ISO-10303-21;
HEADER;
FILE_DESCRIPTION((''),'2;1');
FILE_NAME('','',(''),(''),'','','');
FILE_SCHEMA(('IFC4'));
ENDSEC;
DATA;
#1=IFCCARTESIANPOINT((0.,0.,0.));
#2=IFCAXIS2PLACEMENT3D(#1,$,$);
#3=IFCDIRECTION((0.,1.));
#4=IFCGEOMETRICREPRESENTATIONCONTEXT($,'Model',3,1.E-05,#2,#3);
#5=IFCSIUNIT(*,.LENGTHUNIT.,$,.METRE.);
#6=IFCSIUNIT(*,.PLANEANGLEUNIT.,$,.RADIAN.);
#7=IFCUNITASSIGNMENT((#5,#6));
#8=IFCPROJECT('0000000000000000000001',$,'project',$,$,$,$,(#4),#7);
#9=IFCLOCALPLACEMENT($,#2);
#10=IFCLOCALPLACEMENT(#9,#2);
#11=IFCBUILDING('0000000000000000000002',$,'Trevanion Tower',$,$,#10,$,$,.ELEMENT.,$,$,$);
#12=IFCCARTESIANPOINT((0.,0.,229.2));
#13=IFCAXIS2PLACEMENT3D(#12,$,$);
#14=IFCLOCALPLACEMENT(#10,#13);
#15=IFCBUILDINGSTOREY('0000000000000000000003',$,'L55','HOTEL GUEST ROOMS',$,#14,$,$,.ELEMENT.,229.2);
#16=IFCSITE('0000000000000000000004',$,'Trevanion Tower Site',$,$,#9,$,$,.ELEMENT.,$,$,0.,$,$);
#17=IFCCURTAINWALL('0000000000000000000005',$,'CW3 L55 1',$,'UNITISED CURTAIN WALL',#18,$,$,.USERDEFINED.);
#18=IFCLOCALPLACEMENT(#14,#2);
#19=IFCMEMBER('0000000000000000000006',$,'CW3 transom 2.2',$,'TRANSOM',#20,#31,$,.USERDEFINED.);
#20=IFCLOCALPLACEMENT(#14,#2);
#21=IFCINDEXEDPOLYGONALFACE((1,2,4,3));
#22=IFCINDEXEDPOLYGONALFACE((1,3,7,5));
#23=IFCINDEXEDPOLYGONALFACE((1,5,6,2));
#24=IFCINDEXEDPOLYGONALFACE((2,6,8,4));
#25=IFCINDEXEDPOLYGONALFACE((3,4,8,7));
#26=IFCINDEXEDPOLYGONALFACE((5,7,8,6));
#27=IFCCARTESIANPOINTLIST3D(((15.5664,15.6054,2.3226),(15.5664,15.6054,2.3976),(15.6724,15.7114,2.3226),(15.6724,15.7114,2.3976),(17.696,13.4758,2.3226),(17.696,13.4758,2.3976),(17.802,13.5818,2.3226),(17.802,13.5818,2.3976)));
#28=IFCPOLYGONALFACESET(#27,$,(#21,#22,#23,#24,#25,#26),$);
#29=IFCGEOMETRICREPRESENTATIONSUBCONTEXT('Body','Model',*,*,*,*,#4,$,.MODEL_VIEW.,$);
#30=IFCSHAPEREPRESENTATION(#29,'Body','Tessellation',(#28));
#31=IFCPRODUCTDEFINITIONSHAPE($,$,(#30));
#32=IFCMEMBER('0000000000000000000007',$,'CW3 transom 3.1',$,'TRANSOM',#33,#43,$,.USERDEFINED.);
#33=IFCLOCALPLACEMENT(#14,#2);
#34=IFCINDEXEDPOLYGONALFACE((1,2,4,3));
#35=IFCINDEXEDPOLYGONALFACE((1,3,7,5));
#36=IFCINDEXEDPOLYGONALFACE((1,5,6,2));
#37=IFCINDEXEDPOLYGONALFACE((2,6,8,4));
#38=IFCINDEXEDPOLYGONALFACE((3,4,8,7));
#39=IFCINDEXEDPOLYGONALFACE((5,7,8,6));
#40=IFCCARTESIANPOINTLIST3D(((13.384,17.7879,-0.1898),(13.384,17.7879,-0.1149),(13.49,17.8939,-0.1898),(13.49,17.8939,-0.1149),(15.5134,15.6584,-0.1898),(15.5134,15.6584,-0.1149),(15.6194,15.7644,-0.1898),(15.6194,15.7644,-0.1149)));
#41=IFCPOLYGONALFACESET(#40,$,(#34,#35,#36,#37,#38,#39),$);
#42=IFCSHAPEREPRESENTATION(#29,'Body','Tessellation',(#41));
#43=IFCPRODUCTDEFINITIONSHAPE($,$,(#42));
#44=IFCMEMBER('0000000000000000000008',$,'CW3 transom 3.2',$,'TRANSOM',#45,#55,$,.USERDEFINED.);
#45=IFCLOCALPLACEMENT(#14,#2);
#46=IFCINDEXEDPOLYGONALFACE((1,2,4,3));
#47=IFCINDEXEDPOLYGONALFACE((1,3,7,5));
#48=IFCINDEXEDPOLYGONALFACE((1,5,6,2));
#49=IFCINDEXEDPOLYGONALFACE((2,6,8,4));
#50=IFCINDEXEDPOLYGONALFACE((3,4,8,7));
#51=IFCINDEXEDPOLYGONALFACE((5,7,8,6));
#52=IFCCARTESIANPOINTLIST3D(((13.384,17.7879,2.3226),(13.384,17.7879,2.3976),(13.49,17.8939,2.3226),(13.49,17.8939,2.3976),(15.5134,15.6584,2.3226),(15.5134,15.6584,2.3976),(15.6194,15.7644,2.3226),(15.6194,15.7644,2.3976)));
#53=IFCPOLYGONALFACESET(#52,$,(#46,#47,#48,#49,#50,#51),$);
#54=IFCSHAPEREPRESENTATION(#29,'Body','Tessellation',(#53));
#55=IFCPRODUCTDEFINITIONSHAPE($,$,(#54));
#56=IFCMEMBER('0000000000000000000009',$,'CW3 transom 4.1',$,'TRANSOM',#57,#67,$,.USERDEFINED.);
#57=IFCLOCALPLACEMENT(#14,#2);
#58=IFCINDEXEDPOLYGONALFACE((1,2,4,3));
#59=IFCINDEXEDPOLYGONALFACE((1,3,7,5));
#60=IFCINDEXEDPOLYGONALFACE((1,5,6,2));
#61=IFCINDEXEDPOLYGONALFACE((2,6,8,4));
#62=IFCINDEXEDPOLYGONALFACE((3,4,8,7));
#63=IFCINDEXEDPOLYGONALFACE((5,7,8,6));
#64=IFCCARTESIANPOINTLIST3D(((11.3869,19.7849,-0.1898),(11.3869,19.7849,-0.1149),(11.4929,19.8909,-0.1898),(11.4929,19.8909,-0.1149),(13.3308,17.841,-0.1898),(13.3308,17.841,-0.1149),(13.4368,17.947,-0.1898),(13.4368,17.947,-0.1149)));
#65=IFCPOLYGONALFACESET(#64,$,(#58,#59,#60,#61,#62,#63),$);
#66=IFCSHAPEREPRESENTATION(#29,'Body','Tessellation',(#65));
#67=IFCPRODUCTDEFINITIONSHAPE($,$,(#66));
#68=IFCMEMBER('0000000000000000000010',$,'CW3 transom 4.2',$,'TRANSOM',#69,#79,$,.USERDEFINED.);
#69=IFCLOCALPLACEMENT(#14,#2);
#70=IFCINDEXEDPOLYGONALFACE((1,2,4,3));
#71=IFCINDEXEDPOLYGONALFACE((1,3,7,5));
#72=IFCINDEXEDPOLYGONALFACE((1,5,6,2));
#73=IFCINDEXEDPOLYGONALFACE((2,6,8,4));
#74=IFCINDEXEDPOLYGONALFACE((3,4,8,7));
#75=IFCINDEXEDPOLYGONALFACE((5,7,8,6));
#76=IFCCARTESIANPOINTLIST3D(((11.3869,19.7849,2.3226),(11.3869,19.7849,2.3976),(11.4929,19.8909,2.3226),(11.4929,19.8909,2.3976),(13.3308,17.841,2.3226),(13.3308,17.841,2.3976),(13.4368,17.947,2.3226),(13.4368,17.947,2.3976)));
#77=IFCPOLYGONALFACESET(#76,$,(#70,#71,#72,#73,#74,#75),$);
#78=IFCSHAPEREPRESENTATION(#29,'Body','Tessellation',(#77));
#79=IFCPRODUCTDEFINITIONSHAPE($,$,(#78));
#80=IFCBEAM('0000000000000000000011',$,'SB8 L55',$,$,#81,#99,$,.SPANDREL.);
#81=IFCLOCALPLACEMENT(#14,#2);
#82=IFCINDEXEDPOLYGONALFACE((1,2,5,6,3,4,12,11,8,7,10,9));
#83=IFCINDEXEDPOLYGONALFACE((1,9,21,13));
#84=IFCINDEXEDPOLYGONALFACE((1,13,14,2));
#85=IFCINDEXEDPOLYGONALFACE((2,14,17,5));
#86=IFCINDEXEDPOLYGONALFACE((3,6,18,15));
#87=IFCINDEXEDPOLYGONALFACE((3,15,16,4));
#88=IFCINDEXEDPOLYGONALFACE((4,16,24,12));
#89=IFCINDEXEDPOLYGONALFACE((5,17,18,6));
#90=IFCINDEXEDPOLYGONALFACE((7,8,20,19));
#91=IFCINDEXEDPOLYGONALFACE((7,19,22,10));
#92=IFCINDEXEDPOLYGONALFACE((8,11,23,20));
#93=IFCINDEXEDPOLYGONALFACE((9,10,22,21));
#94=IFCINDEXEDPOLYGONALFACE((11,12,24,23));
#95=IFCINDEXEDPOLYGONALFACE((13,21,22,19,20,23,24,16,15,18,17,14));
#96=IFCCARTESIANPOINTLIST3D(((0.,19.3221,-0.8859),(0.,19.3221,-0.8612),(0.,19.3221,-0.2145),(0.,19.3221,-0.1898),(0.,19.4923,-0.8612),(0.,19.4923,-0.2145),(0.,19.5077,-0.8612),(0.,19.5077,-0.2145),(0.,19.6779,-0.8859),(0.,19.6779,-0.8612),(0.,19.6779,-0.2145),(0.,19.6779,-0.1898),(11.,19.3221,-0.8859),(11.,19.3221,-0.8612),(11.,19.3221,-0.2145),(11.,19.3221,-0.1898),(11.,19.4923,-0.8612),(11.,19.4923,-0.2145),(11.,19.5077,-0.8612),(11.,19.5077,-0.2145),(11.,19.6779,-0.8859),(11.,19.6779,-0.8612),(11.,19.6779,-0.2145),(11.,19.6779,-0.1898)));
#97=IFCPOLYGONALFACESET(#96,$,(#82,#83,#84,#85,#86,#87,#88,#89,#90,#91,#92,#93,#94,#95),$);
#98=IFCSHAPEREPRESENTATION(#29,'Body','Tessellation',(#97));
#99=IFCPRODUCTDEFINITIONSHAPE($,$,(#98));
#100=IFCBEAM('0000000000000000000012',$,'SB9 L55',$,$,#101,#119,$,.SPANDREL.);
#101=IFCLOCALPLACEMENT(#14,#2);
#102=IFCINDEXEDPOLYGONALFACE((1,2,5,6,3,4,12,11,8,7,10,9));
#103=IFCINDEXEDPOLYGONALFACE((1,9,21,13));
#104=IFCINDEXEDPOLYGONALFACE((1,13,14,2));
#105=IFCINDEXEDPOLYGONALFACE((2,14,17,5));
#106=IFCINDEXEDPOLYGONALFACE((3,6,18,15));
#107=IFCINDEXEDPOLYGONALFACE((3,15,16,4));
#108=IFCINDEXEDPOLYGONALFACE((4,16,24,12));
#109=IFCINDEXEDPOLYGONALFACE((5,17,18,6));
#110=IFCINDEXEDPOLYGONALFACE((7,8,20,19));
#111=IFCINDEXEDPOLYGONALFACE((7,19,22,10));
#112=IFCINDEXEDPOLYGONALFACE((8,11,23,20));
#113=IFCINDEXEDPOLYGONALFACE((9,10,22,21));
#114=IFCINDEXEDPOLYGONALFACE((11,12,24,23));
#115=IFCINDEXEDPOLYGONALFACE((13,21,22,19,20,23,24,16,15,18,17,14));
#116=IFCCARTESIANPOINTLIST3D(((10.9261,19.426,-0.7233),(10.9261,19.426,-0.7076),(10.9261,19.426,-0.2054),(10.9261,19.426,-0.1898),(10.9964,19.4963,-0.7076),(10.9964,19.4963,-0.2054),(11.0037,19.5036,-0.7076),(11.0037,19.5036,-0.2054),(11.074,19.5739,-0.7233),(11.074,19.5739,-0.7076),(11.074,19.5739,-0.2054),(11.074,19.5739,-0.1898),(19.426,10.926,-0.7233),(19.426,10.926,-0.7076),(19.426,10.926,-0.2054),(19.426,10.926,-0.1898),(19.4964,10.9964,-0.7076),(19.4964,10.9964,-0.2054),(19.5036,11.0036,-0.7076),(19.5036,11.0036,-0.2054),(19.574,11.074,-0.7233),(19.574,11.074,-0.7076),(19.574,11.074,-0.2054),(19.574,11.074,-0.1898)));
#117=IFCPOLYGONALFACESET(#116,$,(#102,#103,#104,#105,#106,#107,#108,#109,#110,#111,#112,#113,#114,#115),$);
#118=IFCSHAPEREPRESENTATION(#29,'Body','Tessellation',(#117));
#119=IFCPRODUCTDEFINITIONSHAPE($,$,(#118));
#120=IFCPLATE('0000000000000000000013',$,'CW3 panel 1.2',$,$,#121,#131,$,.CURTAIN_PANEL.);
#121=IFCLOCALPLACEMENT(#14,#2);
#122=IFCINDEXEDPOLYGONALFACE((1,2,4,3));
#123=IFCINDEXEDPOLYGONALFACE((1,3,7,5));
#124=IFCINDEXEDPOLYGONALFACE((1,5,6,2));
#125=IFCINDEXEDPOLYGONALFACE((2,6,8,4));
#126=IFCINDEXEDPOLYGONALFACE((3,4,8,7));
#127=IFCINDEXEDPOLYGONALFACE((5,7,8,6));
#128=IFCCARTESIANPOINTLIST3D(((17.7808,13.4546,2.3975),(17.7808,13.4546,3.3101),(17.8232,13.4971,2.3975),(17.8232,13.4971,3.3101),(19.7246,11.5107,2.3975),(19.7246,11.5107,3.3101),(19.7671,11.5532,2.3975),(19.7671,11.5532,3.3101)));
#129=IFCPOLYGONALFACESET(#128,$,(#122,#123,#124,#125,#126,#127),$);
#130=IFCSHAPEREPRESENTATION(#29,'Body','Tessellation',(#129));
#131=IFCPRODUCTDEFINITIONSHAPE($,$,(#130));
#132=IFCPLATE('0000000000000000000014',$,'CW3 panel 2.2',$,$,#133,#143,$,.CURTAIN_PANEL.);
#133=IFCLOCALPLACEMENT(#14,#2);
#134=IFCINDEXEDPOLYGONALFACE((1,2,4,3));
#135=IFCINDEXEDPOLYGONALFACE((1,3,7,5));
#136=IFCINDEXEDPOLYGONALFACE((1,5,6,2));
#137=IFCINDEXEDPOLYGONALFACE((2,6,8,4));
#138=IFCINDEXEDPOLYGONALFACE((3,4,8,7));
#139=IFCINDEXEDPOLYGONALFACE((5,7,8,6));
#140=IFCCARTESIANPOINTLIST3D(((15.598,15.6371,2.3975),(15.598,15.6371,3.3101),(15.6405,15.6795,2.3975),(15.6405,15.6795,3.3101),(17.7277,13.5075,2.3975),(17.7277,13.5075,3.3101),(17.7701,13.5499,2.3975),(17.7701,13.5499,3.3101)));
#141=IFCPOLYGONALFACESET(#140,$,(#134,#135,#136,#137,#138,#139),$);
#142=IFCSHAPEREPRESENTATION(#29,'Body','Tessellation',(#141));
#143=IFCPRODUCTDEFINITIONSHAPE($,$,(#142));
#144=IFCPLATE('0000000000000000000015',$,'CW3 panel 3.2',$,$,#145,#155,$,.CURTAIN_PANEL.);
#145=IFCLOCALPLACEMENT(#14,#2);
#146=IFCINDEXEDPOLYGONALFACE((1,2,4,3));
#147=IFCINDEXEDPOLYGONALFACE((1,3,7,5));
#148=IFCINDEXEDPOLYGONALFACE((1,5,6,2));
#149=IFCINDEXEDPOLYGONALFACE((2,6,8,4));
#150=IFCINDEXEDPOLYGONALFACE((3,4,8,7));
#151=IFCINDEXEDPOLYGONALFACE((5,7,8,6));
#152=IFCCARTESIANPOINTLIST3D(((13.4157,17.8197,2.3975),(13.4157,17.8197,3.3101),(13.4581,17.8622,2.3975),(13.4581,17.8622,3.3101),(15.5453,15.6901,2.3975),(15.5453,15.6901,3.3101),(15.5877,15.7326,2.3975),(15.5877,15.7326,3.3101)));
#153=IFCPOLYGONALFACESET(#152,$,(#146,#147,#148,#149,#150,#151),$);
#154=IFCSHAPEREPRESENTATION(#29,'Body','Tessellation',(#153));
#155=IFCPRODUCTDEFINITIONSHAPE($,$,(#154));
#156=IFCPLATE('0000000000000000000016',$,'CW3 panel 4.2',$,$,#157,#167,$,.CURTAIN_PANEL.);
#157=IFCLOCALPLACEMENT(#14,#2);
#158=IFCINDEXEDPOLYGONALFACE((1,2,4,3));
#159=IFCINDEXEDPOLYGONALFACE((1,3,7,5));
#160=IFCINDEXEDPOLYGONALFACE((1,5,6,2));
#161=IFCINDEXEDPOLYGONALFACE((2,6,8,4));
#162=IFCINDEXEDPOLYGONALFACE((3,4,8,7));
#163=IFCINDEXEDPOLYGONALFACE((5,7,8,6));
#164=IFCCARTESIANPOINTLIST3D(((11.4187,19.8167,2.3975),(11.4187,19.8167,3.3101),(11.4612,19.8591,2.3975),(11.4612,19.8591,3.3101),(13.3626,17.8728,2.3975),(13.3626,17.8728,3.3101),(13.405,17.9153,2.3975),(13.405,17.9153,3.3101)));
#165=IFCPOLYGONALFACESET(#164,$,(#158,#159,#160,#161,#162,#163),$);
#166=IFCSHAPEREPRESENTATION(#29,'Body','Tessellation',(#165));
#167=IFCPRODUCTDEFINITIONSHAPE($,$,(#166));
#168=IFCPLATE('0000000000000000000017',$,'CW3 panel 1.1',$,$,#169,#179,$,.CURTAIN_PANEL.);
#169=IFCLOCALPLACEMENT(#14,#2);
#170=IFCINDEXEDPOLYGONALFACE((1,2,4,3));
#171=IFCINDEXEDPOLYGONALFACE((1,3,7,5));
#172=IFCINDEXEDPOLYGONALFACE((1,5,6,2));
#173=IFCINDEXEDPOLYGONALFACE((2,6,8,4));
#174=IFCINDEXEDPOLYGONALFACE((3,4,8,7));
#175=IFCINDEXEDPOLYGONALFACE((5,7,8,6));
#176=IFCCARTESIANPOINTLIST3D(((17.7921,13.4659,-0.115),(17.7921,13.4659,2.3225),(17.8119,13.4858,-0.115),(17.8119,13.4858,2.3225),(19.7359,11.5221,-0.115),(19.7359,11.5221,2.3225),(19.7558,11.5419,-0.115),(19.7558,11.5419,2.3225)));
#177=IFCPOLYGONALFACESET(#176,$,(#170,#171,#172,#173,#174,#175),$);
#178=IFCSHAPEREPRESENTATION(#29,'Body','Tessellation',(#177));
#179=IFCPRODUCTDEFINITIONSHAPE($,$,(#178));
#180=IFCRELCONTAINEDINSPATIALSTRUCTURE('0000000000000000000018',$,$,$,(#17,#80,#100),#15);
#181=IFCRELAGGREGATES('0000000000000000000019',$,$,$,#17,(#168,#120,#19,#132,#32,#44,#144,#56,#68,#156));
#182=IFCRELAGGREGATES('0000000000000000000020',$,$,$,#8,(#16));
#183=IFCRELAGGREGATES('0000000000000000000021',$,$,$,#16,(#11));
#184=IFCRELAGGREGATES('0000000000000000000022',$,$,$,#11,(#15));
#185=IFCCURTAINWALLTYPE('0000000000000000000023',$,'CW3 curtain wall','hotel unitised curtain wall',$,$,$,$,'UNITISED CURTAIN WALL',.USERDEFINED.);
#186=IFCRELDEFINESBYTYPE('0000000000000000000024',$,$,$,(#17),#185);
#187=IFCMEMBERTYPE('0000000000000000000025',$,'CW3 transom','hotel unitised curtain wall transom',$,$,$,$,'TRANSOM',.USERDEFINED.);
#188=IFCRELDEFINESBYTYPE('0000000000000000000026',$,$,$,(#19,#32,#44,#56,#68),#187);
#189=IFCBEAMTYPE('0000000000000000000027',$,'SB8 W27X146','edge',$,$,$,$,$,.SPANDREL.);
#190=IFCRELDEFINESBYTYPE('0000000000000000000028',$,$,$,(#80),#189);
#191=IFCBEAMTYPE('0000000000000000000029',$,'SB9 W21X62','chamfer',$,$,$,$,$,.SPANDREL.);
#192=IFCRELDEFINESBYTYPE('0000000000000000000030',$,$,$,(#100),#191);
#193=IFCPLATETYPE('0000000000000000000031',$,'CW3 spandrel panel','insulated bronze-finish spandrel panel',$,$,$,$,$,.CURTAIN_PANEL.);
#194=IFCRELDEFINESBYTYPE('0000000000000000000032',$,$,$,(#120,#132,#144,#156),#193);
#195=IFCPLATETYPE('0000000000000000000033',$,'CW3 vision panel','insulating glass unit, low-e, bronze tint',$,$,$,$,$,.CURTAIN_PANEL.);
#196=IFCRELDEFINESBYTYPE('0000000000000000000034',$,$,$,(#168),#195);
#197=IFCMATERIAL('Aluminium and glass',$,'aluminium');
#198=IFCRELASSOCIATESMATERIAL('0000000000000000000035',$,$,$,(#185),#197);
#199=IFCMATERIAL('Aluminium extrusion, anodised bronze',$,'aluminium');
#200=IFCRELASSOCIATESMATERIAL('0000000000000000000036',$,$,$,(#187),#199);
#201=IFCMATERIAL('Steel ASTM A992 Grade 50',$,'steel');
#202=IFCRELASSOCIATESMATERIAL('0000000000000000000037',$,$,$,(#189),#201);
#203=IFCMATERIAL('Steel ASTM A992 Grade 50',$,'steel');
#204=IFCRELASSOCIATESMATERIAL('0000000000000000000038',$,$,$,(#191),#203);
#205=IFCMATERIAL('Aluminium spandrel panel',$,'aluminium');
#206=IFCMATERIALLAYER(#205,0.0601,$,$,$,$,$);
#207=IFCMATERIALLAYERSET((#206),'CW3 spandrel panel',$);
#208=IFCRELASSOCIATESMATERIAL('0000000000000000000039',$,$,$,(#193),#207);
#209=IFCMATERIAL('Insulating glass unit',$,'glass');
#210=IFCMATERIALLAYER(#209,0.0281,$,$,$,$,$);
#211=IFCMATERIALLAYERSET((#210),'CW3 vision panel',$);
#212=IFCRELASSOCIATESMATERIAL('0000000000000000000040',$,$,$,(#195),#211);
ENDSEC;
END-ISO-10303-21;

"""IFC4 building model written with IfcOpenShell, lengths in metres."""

from ifc_helpers import new_model, si_unit, direction, frame, origin, origin_2d, place, context, subcontext, project, spatial, rectangle, i_section, extrude, material, layer, layer_set, material_profile, profile_set, type_object, element, aggregate, save


model = new_model("IFC4")

# Units and contexts
model_context = context("Model", 3, precision=1e-05, world=origin(), true_north=direction((0.0, 1.0)))
body_context = subcontext(model_context, "Body", "Model", "MODEL_VIEW")
ifc_project = project(units=[si_unit("LENGTHUNIT", "METRE"), si_unit("PLANEANGLEUNIT", "RADIAN")], contexts=[model_context])

# Site, building, storey
site_placement = place(None, origin())
site = spatial("IfcSite", under=ifc_project, at=site_placement, Name="Trevanion Tower Site", CompositionType="ELEMENT", RefElevation=0.0)
building_placement = place(site_placement, origin())
building = spatial("IfcBuilding", under=site, at=building_placement, Name="Trevanion Tower", CompositionType="ELEMENT")
storey_placement = place(building_placement, frame((0.0, 0.0, 229.2)))
storey = spatial("IfcBuildingStorey", under=building, at=storey_placement, Name="L55", Description="HOTEL GUEST ROOMS", CompositionType="ELEMENT", Elevation=229.2)

# Curtain wall
ifc_material_1 = material(Name="Aluminium and glass", Category="aluminium")
curtain_wall_type = type_object("IfcCurtainWallType", Name="CW3 curtain wall", Description="hotel unitised curtain wall", ElementType="UNITISED CURTAIN WALL", PredefinedType="USERDEFINED", material=ifc_material_1)
curtain_wall_1_placement = place(storey_placement, origin())
curtain_wall_1 = element("IfcCurtainWall", 1, at=curtain_wall_1_placement, inside=storey, type_object=curtain_wall_type, Name="CW3 L55 1", ObjectType="UNITISED CURTAIN WALL", PredefinedType="USERDEFINED")

# Members
ifc_material_2 = material(Name="Aluminium extrusion, anodised bronze", Category="aluminium")
ifc_material_profile_1 = material_profile(ifc_material_2, rectangle(XDim=0.1499, YDim=0.075, at=origin_2d()), Name="CW3 transom")
ifc_profile_set_1 = profile_set([ifc_material_profile_1], Name="Aluminium extrusion, anodised bronze")
member_type_1 = type_object("IfcMemberType", Name="CW3 transom", Description="hotel unitised curtain wall transom", ElementType="TRANSOM", PredefinedType="USERDEFINED", material=ifc_profile_set_1)
member_1_placement = place(storey_placement, frame((17.749, 13.5288, 2.3601), z_axis=(-0.707107, 0.707107, 0.0), x_axis=(-0.707107, -0.707107, 0.0)))
member_1 = element("IfcMember", 2, at=member_1_placement, type_object=member_type_1, Name="CW3 transom 2.2", ObjectType="TRANSOM", PredefinedType="USERDEFINED", context=body_context, shape_type="SweptSolid", body=[
    extrude(rectangle(XDim=0.1499, YDim=0.075, at=origin_2d()), origin(), (0.0, 0.0, 1.0), 3.0117),
])
member_2_placement = place(storey_placement, frame((15.5664, 15.7114, -0.1523), z_axis=(-0.707107, 0.707107, 0.0), x_axis=(-0.707107, -0.707107, 0.0)))
member_2 = element("IfcMember", 3, at=member_2_placement, type_object=member_type_1, Name="CW3 transom 3.1", ObjectType="TRANSOM", PredefinedType="USERDEFINED", context=body_context, shape_type="SweptSolid", body=[
    extrude(rectangle(XDim=0.1499, YDim=0.075, at=origin_2d()), origin(), (0.0, 0.0, 1.0), 3.0115),
])
member_3_placement = place(storey_placement, frame((15.5664, 15.7114, 2.3601), z_axis=(-0.707107, 0.707107, 0.0), x_axis=(-0.707107, -0.707107, 0.0)))
member_3 = element("IfcMember", 4, at=member_3_placement, type_object=member_type_1, Name="CW3 transom 3.2", ObjectType="TRANSOM", PredefinedType="USERDEFINED", context=body_context, shape_type="SweptSolid", body=[
    extrude(rectangle(XDim=0.1499, YDim=0.075, at=origin_2d()), origin(), (0.0, 0.0, 1.0), 3.0115),
])
member_4_placement = place(storey_placement, frame((13.3838, 17.894, -0.1523), z_axis=(-0.707107, 0.707107, 0.0), x_axis=(-0.707107, -0.707107, 0.0)))
member_4 = element("IfcMember", 5, at=member_4_placement, type_object=member_type_1, Name="CW3 transom 4.1", ObjectType="TRANSOM", PredefinedType="USERDEFINED", context=body_context, shape_type="SweptSolid", body=[
    extrude(rectangle(XDim=0.1499, YDim=0.075, at=origin_2d()), origin(), (0.0, 0.0, 1.0), 2.749),
])
member_5_placement = place(storey_placement, frame((13.3838, 17.894, 2.3601), z_axis=(-0.707107, 0.707107, 0.0), x_axis=(-0.707107, -0.707107, 0.0)))
member_5 = element("IfcMember", 6, at=member_5_placement, type_object=member_type_1, Name="CW3 transom 4.2", ObjectType="TRANSOM", PredefinedType="USERDEFINED", context=body_context, shape_type="SweptSolid", body=[
    extrude(rectangle(XDim=0.1499, YDim=0.075, at=origin_2d()), origin(), (0.0, 0.0, 1.0), 2.749),
])

# Beams
ifc_material_3 = material(Name="Steel ASTM A992 Grade 50", Category="steel")
ifc_material_profile_2 = material_profile(ifc_material_3, i_section(OverallWidth=0.3557, OverallDepth=0.696, WebThickness=0.0154, FlangeThickness=0.0247, at=origin_2d()), Name="W27X146")
ifc_profile_set_2 = profile_set([ifc_material_profile_2], Name="Steel ASTM A992 Grade 50")
beam_type_1 = type_object("IfcBeamType", Name="SB8 W27X146", Description="edge", PredefinedType="SPANDREL", material=ifc_profile_set_2)
beam_1_placement = place(storey_placement, frame((11.0, 19.5, -0.5378), z_axis=(-1.0, 0.0, 0.0), x_axis=(0.0, -1.0, 0.0)))
element("IfcBeam", 7, at=beam_1_placement, inside=storey, type_object=beam_type_1, Name="SB8 L55", PredefinedType="SPANDREL", context=body_context, shape_type="SweptSolid", body=[
    extrude(i_section(OverallWidth=0.3557, OverallDepth=0.696, WebThickness=0.0154, FlangeThickness=0.0247, at=origin_2d()), origin(), (0.0, 0.0, 1.0), 11.0),
])
ifc_material_4 = material(Name="Steel ASTM A992 Grade 50", Category="steel")
ifc_material_profile_3 = material_profile(ifc_material_4, i_section(OverallWidth=0.2092, OverallDepth=0.5334, WebThickness=0.0103, FlangeThickness=0.0156, at=origin_2d()), Name="W21X62")
ifc_profile_set_3 = profile_set([ifc_material_profile_3], Name="Steel ASTM A992 Grade 50")
beam_type_2 = type_object("IfcBeamType", Name="SB9 W21X62", Description="chamfer", PredefinedType="SPANDREL", material=ifc_profile_set_3)
beam_2_placement = place(storey_placement, frame((19.5, 11.0, -0.4565), z_axis=(-0.707107, 0.707107, 0.0), x_axis=(-0.707107, -0.707107, 0.0)))
element("IfcBeam", 8, at=beam_2_placement, inside=storey, type_object=beam_type_2, Name="SB9 L55", PredefinedType="SPANDREL", context=body_context, shape_type="SweptSolid", body=[
    extrude(i_section(OverallWidth=0.2092, OverallDepth=0.5334, WebThickness=0.0103, FlangeThickness=0.0156, at=origin_2d()), origin(), (0.0, 0.0, 1.0), 12.0208),
])

# Plates
ifc_material_5 = material(Name="Aluminium spandrel panel", Category="aluminium")
ifc_layer_1 = layer(ifc_material_5, 0.0601)
ifc_layer_set_1 = layer_set([ifc_layer_1], Name="CW3 spandrel panel")
plate_type_1 = type_object("IfcPlateType", Name="CW3 spandrel panel", Description="insulated bronze-finish spandrel panel", PredefinedType="CURTAIN_PANEL", material=ifc_layer_set_1)
plate_1_placement = place(storey_placement, frame((18.7739, 12.5039, 2.3975), z_axis=(0.0, 0.0, 1.0), x_axis=(-0.707107, 0.707107, 0.0)))
plate_1 = element("IfcPlate", 9, at=plate_1_placement, type_object=plate_type_1, Name="CW3 panel 1.2", PredefinedType="CURTAIN_PANEL", context=body_context, shape_type="SweptSolid", body=[
    extrude(rectangle(XDim=2.749, YDim=0.0601, at=origin_2d()), origin(), (0.0, 0.0, 1.0), 0.9126),
])
plate_2_placement = place(storey_placement, frame((16.6841, 14.5935, 2.3975), z_axis=(0.0, 0.0, 1.0), x_axis=(-0.707107, 0.707107, 0.0)))
plate_2 = element("IfcPlate", 10, at=plate_2_placement, type_object=plate_type_1, Name="CW3 panel 2.2", PredefinedType="CURTAIN_PANEL", context=body_context, shape_type="SweptSolid", body=[
    extrude(rectangle(XDim=3.0117, YDim=0.0601, at=origin_2d()), origin(), (0.0, 0.0, 1.0), 0.9126),
])
plate_3_placement = place(storey_placement, frame((14.5017, 16.7761, 2.3975), z_axis=(0.0, 0.0, 1.0), x_axis=(-0.707107, 0.707107, 0.0)))
plate_3 = element("IfcPlate", 11, at=plate_3_placement, type_object=plate_type_1, Name="CW3 panel 3.2", PredefinedType="CURTAIN_PANEL", context=body_context, shape_type="SweptSolid", body=[
    extrude(rectangle(XDim=3.0117, YDim=0.0601, at=origin_2d()), origin(), (0.0, 0.0, 1.0), 0.9126),
])
plate_4_placement = place(storey_placement, frame((12.4119, 18.866, 2.3975), z_axis=(0.0, 0.0, 1.0), x_axis=(-0.707107, 0.707107, 0.0)))
plate_4 = element("IfcPlate", 12, at=plate_4_placement, type_object=plate_type_1, Name="CW3 panel 4.2", PredefinedType="CURTAIN_PANEL", context=body_context, shape_type="SweptSolid", body=[
    extrude(rectangle(XDim=2.749, YDim=0.0601, at=origin_2d()), origin(), (0.0, 0.0, 1.0), 0.9126),
])
ifc_material_6 = material(Name="Insulating glass unit", Category="glass")
ifc_layer_2 = layer(ifc_material_6, 0.0281)
ifc_layer_set_2 = layer_set([ifc_layer_2], Name="CW3 vision panel")
plate_type_2 = type_object("IfcPlateType", Name="CW3 vision panel", Description="insulating glass unit, low-e, bronze tint", PredefinedType="CURTAIN_PANEL", material=ifc_layer_set_2)
plate_5_placement = place(storey_placement, frame((18.7739, 12.5039, -0.115), z_axis=(0.0, 0.0, 1.0), x_axis=(-0.707107, 0.707107, 0.0)))
plate_5 = element("IfcPlate", 13, at=plate_5_placement, type_object=plate_type_2, Name="CW3 panel 1.1", PredefinedType="CURTAIN_PANEL", context=body_context, shape_type="SweptSolid", body=[
    extrude(rectangle(XDim=2.749, YDim=0.0281, at=origin_2d()), origin(), (0.0, 0.0, 1.0), 2.4375),
])
aggregate(curtain_wall_1, [plate_5, plate_1, member_1, plate_2, member_2, member_3, plate_3, member_4, member_5, plate_4])

save(model, "model.ifc")
